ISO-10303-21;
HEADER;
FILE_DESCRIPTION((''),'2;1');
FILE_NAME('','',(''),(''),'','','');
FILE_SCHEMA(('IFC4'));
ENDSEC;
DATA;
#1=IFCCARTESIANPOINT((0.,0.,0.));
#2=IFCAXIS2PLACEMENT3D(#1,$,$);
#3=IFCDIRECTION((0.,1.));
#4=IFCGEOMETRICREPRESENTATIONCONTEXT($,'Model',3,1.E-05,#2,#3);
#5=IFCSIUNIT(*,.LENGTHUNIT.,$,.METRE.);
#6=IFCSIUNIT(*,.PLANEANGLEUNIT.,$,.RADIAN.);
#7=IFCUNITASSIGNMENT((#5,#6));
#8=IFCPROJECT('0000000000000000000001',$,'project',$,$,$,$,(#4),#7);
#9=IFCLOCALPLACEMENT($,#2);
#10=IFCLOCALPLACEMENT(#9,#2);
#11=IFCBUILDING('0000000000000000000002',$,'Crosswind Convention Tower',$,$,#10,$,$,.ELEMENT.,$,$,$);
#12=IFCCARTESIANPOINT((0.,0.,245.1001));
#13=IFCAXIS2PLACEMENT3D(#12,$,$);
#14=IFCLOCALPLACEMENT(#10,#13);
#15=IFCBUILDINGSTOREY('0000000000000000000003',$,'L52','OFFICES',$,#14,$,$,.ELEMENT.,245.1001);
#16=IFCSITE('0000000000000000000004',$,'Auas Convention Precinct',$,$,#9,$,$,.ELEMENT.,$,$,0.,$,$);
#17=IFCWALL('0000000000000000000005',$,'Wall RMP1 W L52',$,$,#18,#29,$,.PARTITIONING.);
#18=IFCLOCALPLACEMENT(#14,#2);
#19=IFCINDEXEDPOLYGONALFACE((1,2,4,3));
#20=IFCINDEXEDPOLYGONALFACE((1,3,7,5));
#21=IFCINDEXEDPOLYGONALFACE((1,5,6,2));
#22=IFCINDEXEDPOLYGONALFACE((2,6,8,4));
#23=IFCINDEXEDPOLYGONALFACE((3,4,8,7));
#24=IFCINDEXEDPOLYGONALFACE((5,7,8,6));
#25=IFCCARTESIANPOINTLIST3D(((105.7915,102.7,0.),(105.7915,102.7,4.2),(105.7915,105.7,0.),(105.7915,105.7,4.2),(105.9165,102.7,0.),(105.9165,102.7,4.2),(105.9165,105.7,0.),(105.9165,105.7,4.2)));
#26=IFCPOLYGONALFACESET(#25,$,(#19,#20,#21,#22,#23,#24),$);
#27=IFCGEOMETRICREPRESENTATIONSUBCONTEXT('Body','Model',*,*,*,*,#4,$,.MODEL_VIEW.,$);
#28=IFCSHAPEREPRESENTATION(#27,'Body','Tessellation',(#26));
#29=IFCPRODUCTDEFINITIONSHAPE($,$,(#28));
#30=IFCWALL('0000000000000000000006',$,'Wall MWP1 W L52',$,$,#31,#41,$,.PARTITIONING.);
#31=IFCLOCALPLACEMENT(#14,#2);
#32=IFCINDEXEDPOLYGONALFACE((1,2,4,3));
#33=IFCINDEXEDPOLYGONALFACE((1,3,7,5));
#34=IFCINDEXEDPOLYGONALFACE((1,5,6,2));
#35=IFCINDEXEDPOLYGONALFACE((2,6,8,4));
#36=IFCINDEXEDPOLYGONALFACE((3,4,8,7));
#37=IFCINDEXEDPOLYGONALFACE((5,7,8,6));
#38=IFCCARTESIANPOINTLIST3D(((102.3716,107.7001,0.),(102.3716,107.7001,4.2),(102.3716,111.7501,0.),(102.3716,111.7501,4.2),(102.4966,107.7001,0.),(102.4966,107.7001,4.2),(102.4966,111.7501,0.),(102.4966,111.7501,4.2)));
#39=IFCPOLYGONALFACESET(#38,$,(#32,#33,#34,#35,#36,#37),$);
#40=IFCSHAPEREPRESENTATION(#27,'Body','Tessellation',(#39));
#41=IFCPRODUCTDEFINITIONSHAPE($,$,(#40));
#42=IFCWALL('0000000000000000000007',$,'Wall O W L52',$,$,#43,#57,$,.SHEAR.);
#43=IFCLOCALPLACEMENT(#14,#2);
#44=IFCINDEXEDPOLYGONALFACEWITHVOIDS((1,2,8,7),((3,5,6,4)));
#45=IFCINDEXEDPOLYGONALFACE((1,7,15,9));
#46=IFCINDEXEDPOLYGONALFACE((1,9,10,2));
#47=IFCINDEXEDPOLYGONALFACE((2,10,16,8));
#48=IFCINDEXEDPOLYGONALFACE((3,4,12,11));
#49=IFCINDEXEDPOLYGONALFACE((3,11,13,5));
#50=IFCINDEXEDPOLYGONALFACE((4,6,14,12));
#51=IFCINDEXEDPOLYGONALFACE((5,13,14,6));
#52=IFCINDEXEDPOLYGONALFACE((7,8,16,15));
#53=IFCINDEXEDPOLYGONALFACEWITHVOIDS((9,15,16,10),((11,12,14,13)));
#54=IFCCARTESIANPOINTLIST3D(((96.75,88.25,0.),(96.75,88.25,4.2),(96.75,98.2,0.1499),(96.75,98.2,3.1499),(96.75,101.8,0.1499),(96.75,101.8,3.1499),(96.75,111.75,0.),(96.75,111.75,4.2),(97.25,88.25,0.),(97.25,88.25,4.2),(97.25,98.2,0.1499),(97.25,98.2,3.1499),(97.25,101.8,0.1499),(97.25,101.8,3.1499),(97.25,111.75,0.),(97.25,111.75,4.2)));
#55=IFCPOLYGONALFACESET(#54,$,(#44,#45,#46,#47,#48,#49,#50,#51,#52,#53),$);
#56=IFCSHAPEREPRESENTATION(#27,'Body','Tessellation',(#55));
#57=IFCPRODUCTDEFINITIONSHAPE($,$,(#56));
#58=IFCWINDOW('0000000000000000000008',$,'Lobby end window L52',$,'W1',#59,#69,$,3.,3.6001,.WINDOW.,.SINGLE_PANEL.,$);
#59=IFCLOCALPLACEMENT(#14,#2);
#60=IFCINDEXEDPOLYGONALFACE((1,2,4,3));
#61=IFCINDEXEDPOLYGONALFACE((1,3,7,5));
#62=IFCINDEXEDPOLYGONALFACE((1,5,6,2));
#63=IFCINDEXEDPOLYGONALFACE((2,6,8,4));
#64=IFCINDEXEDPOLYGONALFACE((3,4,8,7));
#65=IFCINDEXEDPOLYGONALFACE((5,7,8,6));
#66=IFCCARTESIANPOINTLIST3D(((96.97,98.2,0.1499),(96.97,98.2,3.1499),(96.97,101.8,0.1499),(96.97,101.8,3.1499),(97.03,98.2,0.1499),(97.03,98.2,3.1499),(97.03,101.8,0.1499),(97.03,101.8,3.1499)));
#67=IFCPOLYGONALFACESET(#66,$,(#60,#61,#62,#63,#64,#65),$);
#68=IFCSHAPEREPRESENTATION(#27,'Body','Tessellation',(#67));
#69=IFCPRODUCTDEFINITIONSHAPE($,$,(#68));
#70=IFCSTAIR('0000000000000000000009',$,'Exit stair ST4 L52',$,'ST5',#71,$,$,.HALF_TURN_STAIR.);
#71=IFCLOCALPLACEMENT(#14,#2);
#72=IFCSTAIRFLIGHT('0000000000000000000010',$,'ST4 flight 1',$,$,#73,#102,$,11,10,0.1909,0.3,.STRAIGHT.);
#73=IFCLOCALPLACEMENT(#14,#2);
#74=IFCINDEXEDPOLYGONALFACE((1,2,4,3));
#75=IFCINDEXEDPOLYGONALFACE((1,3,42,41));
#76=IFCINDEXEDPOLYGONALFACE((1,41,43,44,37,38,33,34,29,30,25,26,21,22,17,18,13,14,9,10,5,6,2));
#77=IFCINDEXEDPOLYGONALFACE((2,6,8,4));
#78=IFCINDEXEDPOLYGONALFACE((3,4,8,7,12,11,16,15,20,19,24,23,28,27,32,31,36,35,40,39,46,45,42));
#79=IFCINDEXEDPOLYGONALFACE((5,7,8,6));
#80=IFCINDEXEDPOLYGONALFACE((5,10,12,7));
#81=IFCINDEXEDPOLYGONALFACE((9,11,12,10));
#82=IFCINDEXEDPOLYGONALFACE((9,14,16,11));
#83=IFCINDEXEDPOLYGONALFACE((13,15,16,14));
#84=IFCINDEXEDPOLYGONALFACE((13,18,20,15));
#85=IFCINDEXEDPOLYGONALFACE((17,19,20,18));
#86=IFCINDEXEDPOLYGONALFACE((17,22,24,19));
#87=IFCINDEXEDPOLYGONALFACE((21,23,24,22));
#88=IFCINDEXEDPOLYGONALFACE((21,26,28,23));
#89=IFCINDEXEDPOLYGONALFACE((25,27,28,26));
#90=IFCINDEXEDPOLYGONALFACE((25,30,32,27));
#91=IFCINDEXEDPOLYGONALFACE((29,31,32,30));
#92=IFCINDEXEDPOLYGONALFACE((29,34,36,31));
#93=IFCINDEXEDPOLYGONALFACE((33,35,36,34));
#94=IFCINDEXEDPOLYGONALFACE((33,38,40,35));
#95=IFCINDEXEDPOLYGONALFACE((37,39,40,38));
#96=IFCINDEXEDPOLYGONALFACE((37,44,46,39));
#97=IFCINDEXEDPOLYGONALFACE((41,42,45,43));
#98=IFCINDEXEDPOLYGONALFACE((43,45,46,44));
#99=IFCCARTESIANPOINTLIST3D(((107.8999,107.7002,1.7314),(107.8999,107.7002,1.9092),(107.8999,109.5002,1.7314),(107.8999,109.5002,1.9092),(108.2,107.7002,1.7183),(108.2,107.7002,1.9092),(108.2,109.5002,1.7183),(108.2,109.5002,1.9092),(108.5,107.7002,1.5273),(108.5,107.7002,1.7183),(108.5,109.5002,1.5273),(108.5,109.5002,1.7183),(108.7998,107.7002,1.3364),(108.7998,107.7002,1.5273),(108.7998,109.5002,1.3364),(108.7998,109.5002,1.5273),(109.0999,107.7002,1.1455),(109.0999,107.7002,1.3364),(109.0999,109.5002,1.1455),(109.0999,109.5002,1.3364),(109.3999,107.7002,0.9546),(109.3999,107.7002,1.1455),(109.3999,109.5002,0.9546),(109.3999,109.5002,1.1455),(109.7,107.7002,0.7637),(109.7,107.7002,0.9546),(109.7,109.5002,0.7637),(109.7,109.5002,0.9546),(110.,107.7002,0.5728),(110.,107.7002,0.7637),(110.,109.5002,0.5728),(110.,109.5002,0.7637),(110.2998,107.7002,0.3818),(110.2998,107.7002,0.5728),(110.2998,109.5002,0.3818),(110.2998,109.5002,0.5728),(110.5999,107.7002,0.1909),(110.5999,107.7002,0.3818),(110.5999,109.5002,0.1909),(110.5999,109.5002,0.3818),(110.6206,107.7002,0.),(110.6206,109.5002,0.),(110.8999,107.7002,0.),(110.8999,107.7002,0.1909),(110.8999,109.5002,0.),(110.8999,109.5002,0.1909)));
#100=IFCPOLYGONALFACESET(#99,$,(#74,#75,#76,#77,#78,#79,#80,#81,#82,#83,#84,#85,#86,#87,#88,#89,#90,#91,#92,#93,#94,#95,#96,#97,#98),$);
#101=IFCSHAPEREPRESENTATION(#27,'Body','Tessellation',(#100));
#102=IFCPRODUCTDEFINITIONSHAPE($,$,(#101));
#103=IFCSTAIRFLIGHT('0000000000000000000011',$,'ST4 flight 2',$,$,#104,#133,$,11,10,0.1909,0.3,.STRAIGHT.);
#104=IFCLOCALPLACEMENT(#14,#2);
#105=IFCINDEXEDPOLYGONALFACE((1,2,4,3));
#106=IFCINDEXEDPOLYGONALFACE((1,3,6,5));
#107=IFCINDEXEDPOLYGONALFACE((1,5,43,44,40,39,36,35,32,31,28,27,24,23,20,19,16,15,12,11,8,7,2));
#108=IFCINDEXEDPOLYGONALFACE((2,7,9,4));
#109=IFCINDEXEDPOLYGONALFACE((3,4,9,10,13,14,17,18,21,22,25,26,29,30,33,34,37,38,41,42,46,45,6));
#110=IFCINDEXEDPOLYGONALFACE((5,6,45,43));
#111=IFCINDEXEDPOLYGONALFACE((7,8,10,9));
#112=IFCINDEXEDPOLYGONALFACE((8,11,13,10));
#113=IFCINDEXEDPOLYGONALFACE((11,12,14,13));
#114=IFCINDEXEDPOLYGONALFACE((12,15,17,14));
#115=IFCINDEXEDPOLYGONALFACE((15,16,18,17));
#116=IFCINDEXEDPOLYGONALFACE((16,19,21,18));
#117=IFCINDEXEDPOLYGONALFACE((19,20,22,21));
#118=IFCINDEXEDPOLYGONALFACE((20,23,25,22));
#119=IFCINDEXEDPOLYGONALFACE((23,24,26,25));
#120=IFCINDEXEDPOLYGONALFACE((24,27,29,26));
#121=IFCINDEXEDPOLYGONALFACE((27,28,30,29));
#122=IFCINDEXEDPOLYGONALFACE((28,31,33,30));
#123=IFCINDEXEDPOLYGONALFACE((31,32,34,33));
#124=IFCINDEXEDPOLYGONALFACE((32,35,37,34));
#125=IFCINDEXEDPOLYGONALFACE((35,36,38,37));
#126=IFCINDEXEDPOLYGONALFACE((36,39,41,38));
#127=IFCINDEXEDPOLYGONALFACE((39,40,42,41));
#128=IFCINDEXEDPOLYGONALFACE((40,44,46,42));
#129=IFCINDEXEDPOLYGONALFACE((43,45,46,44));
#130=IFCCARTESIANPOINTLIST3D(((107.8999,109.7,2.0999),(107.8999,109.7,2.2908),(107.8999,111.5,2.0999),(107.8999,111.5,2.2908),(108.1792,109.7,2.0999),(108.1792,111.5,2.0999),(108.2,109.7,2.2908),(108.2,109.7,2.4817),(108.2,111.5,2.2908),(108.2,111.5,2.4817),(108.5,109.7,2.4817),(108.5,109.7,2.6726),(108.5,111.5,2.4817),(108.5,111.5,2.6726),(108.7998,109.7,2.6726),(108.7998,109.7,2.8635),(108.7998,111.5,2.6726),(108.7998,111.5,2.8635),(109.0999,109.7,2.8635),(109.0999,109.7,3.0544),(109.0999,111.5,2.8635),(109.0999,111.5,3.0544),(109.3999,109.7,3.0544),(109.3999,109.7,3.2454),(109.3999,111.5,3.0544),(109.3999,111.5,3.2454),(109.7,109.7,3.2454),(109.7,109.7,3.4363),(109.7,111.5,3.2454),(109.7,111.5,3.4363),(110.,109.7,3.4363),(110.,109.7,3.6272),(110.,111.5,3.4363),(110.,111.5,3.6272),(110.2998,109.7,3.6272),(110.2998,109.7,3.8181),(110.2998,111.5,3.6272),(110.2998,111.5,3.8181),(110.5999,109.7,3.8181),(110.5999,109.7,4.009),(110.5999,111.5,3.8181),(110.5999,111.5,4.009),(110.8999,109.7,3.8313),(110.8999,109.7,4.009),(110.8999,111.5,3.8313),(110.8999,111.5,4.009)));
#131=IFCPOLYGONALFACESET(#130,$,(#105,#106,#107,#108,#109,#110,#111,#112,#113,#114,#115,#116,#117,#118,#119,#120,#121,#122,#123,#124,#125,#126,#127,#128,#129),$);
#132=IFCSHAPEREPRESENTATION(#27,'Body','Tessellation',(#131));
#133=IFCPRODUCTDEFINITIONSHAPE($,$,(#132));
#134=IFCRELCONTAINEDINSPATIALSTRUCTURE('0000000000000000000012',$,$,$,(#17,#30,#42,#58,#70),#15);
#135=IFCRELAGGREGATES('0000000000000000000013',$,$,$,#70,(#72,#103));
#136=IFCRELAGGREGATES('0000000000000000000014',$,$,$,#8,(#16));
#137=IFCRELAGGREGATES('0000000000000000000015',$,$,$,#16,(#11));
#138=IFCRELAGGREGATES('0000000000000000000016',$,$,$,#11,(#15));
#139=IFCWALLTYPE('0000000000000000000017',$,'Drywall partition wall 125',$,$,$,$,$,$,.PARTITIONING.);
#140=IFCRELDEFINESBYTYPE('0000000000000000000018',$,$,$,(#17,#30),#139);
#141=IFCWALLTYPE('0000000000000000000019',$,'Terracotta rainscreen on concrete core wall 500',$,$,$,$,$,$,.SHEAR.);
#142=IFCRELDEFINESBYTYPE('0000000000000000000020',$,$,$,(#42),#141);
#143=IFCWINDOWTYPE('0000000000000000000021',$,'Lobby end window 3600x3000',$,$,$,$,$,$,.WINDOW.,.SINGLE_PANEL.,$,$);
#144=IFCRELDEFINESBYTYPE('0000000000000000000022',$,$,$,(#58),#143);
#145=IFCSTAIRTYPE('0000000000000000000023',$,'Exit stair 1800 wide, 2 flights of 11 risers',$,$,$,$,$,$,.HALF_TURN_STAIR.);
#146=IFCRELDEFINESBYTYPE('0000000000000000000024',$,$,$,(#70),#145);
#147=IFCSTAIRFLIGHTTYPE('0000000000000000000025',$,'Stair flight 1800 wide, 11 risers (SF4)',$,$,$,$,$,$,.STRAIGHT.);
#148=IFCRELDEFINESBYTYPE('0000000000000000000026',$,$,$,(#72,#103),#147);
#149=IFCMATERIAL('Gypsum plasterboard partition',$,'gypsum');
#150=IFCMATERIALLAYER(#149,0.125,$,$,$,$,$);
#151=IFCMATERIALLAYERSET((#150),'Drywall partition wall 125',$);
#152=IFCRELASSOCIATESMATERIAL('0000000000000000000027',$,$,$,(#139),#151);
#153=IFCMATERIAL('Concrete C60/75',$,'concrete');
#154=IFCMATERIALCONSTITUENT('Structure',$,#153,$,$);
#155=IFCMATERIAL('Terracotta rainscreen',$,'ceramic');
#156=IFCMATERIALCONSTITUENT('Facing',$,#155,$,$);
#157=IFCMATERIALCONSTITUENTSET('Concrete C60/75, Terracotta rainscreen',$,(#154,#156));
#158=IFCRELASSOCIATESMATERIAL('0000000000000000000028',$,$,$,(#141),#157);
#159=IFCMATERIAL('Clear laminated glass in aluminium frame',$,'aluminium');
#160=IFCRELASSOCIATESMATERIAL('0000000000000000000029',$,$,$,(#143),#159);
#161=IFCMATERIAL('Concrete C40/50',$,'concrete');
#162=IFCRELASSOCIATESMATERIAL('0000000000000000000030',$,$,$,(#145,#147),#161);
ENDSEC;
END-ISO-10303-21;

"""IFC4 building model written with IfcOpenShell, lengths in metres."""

from ifc_helpers import new_model, si_unit, direction, frame, frame_2d, origin, place, context, subcontext, project, spatial, polyline, rectangle, outline, extrude, material, layer, layer_set, constituent, constituent_set, type_object, element, fill, aggregate, save


model = new_model("IFC4")

# Units and contexts
model_context = context("Model", 3, precision=1e-05, world=origin(), true_north=direction((0.0, 1.0)))
body_context = subcontext(model_context, "Body", "Model", "MODEL_VIEW")
ifc_project = project(units=[si_unit("LENGTHUNIT", "METRE"), si_unit("PLANEANGLEUNIT", "RADIAN")], contexts=[model_context])

# Site, building, storey
site_placement = place(None, origin())
site = spatial("IfcSite", under=ifc_project, at=site_placement, Name="Auas Convention Precinct", CompositionType="ELEMENT", RefElevation=0.0)
building_placement = place(site_placement, origin())
building = spatial("IfcBuilding", under=site, at=building_placement, Name="Crosswind Convention Tower", CompositionType="ELEMENT")
storey_placement = place(building_placement, frame((0.0, 0.0, 245.1001)))
storey = spatial("IfcBuildingStorey", under=building, at=storey_placement, Name="L52", Description="OFFICES", CompositionType="ELEMENT", Elevation=245.1001)

# Walls
ifc_material_1 = material(Name="Gypsum plasterboard partition", Category="gypsum")
ifc_layer_1 = layer(ifc_material_1, 0.125)
ifc_layer_set_1 = layer_set([ifc_layer_1], Name="Drywall partition wall 125")
wall_type_1 = type_object("IfcWallType", Name="Drywall partition wall 125", PredefinedType="PARTITIONING", material=ifc_layer_set_1)
wall_1_placement = place(storey_placement, frame((105.854, 105.7, 0.0), z_axis=(0.0, 0.0, 1.0), x_axis=(0.0, -1.0, 0.0)))
element("IfcWall", 1, at=wall_1_placement, inside=storey, type_object=wall_type_1, Name="Wall RMP1 W L52", PredefinedType="PARTITIONING", context=body_context, shape_type="SweptSolid", body=[
    extrude(rectangle(XDim=3.0, YDim=0.125, at=frame_2d((1.5, 0.0))), origin(), (0.0, 0.0, 1.0), 4.2),
])
wall_2_placement = place(storey_placement, frame((102.4341, 111.75, 0.0), z_axis=(0.0, 0.0, 1.0), x_axis=(0.0, -1.0, 0.0)))
element("IfcWall", 2, at=wall_2_placement, inside=storey, type_object=wall_type_1, Name="Wall MWP1 W L52", PredefinedType="PARTITIONING", context=body_context, shape_type="SweptSolid", body=[
    extrude(rectangle(XDim=4.05, YDim=0.125, at=frame_2d((2.0249, 0.0))), origin(), (0.0, 0.0, 1.0), 4.2),
])

# Wall, opening, window
ifc_material_2 = material(Name="Concrete C60/75", Category="concrete")
ifc_constituent_1 = constituent(ifc_material_2, Name="Structure")
ifc_material_3 = material(Name="Terracotta rainscreen", Category="ceramic")
ifc_constituent_2 = constituent(ifc_material_3, Name="Facing")
ifc_constituent_set = constituent_set(constituents=[ifc_constituent_1, ifc_constituent_2], Name="Concrete C60/75, Terracotta rainscreen")
wall_type_2 = type_object("IfcWallType", Name="Terracotta rainscreen on concrete core wall 500", PredefinedType="SHEAR", material=ifc_constituent_set)
wall_3_placement = place(storey_placement, frame((97.0, 111.75, 0.0), z_axis=(0.0, 0.0, 1.0), x_axis=(0.0, -1.0, 0.0)))
wall_3 = element("IfcWall", 3, at=wall_3_placement, inside=storey, type_object=wall_type_2, Name="Wall O W L52", PredefinedType="SHEAR", context=body_context, shape_type="SweptSolid", body=[
    extrude(rectangle(XDim=23.5, YDim=0.5, at=frame_2d((11.75, 0.0))), origin(), (0.0, 0.0, 1.0), 4.2),
])
opening_1_placement = place(wall_3_placement, frame((9.95, 0.0, 0.1499)))
opening_1 = element("IfcOpeningElement", 4, at=opening_1_placement, cuts=wall_3, PredefinedType="OPENING", context=body_context, shape_type="SweptSolid", body=[
    extrude(rectangle(XDim=3.6001, YDim=3.0, at=frame_2d((1.8, 1.5))), frame((0.0, 0.26, 0.0), z_axis=(0.0, -1.0, 0.0), x_axis=(1.0, 0.0, 0.0)), (0.0, 0.0, 1.0), 0.52),
])
ifc_material_4 = material(Name="Clear laminated glass in aluminium frame", Category="aluminium")
window_type = type_object("IfcWindowType", Name="Lobby end window 3600x3000", PartitioningType="SINGLE_PANEL", PredefinedType="WINDOW", material=ifc_material_4)
window_placement = place(opening_1_placement, origin())
window = element("IfcWindow", 5, at=window_placement, inside=storey, type_object=window_type, Name="Lobby end window L52", ObjectType="W1", OverallHeight=3.0, OverallWidth=3.6001, PartitioningType="SINGLE_PANEL", PredefinedType="WINDOW", context=body_context, shape_type="SweptSolid", body=[
    extrude(rectangle(XDim=3.6001, YDim=3.0, at=frame_2d((1.8, 1.5))), frame((0.0, 0.03, 0.0), z_axis=(0.0, -1.0, 0.0), x_axis=(1.0, 0.0, 0.0)), (0.0, 0.0, 1.0), 0.0601),
])
fill(opening_1, window)

# Stair, stair flights
ifc_material_5 = material(Name="Concrete C40/50", Category="concrete")
stair_type = type_object("IfcStairType", Name="Exit stair 1800 wide, 2 flights of 11 risers", PredefinedType="HALF_TURN_STAIR", material=ifc_material_5)
stair_placement = place(storey_placement, origin())
stair = element("IfcStair", 6, at=stair_placement, inside=storey, type_object=stair_type, Name="Exit stair ST4 L52", ObjectType="ST5", PredefinedType="HALF_TURN_STAIR")
stair_flight_type = type_object("IfcStairFlightType", Name="Stair flight 1800 wide, 11 risers (SF4)", PredefinedType="STRAIGHT", material=ifc_material_5)
stair_flight_1_placement = place(storey_placement, frame((110.8999, 108.6001, 0.0), z_axis=(0.0, 0.0, 1.0), x_axis=(-1.0, 0.0, 0.0)))
stair_flight_1 = element("IfcStairFlight", 7, at=stair_flight_1_placement, type_object=stair_flight_type, Name="ST4 flight 1", NumberOfRisers=11, NumberOfTreads=10, PredefinedType="STRAIGHT", RiserHeight=0.1909, TreadLength=0.3, context=body_context, shape_type="SweptSolid", body=[
    extrude(outline(polyline([(0.0, 0.0), (0.0, 0.1909), (0.3, 0.1909), (0.3, 0.3818), (0.6001, 0.3818), (0.6001, 0.5728), (0.8999, 0.5728), (0.8999, 0.7637), (1.2, 0.7637), (1.2, 0.9546), (1.5, 0.9546), (1.5, 1.1455), (1.8, 1.1455), (1.8, 1.3364), (2.1001, 1.3364), (2.1001, 1.5273), (2.3999, 1.5273), (2.3999, 1.7183), (2.7, 1.7183), (2.7, 1.9092), (3.0, 1.9092), (3.0, 2.1001), (3.0, 1.7314), (0.2793, 0.0), (0.0, 0.0)])), frame((0.0, 0.8999, 0.0), z_axis=(0.0, -1.0, 0.0), x_axis=(1.0, 0.0, 0.0)), (0.0, 0.0, 1.0), 1.8),
])
stair_flight_2_placement = place(storey_placement, frame((107.8999, 110.6001, 2.0999), z_axis=(0.0, 0.0, 1.0), x_axis=(1.0, 0.0, 0.0)))
stair_flight_2 = element("IfcStairFlight", 8, at=stair_flight_2_placement, type_object=stair_flight_type, Name="ST4 flight 2", NumberOfRisers=11, NumberOfTreads=10, PredefinedType="STRAIGHT", RiserHeight=0.1909, TreadLength=0.3, context=body_context, shape_type="SweptSolid", body=[
    extrude(outline(polyline([(0.0, 0.0), (0.0, 0.1909), (0.3, 0.1909), (0.3, 0.3818), (0.6001, 0.3818), (0.6001, 0.5728), (0.8999, 0.5728), (0.8999, 0.7637), (1.2, 0.7637), (1.2, 0.9546), (1.5, 0.9546), (1.5, 1.1455), (1.8, 1.1455), (1.8, 1.3364), (2.1001, 1.3364), (2.1001, 1.5273), (2.3999, 1.5273), (2.3999, 1.7183), (2.7, 1.7183), (2.7, 1.9092), (3.0, 1.9092), (3.0, 2.1001), (3.0, 1.7314), (0.2793, 0.0), (0.0, 0.0)])), frame((0.0, 0.8999, 0.0), z_axis=(0.0, -1.0, 0.0), x_axis=(1.0, 0.0, 0.0)), (0.0, 0.0, 1.0), 1.8),
])
aggregate(stair, [stair_flight_1, stair_flight_2])

save(model, "model.ifc")
